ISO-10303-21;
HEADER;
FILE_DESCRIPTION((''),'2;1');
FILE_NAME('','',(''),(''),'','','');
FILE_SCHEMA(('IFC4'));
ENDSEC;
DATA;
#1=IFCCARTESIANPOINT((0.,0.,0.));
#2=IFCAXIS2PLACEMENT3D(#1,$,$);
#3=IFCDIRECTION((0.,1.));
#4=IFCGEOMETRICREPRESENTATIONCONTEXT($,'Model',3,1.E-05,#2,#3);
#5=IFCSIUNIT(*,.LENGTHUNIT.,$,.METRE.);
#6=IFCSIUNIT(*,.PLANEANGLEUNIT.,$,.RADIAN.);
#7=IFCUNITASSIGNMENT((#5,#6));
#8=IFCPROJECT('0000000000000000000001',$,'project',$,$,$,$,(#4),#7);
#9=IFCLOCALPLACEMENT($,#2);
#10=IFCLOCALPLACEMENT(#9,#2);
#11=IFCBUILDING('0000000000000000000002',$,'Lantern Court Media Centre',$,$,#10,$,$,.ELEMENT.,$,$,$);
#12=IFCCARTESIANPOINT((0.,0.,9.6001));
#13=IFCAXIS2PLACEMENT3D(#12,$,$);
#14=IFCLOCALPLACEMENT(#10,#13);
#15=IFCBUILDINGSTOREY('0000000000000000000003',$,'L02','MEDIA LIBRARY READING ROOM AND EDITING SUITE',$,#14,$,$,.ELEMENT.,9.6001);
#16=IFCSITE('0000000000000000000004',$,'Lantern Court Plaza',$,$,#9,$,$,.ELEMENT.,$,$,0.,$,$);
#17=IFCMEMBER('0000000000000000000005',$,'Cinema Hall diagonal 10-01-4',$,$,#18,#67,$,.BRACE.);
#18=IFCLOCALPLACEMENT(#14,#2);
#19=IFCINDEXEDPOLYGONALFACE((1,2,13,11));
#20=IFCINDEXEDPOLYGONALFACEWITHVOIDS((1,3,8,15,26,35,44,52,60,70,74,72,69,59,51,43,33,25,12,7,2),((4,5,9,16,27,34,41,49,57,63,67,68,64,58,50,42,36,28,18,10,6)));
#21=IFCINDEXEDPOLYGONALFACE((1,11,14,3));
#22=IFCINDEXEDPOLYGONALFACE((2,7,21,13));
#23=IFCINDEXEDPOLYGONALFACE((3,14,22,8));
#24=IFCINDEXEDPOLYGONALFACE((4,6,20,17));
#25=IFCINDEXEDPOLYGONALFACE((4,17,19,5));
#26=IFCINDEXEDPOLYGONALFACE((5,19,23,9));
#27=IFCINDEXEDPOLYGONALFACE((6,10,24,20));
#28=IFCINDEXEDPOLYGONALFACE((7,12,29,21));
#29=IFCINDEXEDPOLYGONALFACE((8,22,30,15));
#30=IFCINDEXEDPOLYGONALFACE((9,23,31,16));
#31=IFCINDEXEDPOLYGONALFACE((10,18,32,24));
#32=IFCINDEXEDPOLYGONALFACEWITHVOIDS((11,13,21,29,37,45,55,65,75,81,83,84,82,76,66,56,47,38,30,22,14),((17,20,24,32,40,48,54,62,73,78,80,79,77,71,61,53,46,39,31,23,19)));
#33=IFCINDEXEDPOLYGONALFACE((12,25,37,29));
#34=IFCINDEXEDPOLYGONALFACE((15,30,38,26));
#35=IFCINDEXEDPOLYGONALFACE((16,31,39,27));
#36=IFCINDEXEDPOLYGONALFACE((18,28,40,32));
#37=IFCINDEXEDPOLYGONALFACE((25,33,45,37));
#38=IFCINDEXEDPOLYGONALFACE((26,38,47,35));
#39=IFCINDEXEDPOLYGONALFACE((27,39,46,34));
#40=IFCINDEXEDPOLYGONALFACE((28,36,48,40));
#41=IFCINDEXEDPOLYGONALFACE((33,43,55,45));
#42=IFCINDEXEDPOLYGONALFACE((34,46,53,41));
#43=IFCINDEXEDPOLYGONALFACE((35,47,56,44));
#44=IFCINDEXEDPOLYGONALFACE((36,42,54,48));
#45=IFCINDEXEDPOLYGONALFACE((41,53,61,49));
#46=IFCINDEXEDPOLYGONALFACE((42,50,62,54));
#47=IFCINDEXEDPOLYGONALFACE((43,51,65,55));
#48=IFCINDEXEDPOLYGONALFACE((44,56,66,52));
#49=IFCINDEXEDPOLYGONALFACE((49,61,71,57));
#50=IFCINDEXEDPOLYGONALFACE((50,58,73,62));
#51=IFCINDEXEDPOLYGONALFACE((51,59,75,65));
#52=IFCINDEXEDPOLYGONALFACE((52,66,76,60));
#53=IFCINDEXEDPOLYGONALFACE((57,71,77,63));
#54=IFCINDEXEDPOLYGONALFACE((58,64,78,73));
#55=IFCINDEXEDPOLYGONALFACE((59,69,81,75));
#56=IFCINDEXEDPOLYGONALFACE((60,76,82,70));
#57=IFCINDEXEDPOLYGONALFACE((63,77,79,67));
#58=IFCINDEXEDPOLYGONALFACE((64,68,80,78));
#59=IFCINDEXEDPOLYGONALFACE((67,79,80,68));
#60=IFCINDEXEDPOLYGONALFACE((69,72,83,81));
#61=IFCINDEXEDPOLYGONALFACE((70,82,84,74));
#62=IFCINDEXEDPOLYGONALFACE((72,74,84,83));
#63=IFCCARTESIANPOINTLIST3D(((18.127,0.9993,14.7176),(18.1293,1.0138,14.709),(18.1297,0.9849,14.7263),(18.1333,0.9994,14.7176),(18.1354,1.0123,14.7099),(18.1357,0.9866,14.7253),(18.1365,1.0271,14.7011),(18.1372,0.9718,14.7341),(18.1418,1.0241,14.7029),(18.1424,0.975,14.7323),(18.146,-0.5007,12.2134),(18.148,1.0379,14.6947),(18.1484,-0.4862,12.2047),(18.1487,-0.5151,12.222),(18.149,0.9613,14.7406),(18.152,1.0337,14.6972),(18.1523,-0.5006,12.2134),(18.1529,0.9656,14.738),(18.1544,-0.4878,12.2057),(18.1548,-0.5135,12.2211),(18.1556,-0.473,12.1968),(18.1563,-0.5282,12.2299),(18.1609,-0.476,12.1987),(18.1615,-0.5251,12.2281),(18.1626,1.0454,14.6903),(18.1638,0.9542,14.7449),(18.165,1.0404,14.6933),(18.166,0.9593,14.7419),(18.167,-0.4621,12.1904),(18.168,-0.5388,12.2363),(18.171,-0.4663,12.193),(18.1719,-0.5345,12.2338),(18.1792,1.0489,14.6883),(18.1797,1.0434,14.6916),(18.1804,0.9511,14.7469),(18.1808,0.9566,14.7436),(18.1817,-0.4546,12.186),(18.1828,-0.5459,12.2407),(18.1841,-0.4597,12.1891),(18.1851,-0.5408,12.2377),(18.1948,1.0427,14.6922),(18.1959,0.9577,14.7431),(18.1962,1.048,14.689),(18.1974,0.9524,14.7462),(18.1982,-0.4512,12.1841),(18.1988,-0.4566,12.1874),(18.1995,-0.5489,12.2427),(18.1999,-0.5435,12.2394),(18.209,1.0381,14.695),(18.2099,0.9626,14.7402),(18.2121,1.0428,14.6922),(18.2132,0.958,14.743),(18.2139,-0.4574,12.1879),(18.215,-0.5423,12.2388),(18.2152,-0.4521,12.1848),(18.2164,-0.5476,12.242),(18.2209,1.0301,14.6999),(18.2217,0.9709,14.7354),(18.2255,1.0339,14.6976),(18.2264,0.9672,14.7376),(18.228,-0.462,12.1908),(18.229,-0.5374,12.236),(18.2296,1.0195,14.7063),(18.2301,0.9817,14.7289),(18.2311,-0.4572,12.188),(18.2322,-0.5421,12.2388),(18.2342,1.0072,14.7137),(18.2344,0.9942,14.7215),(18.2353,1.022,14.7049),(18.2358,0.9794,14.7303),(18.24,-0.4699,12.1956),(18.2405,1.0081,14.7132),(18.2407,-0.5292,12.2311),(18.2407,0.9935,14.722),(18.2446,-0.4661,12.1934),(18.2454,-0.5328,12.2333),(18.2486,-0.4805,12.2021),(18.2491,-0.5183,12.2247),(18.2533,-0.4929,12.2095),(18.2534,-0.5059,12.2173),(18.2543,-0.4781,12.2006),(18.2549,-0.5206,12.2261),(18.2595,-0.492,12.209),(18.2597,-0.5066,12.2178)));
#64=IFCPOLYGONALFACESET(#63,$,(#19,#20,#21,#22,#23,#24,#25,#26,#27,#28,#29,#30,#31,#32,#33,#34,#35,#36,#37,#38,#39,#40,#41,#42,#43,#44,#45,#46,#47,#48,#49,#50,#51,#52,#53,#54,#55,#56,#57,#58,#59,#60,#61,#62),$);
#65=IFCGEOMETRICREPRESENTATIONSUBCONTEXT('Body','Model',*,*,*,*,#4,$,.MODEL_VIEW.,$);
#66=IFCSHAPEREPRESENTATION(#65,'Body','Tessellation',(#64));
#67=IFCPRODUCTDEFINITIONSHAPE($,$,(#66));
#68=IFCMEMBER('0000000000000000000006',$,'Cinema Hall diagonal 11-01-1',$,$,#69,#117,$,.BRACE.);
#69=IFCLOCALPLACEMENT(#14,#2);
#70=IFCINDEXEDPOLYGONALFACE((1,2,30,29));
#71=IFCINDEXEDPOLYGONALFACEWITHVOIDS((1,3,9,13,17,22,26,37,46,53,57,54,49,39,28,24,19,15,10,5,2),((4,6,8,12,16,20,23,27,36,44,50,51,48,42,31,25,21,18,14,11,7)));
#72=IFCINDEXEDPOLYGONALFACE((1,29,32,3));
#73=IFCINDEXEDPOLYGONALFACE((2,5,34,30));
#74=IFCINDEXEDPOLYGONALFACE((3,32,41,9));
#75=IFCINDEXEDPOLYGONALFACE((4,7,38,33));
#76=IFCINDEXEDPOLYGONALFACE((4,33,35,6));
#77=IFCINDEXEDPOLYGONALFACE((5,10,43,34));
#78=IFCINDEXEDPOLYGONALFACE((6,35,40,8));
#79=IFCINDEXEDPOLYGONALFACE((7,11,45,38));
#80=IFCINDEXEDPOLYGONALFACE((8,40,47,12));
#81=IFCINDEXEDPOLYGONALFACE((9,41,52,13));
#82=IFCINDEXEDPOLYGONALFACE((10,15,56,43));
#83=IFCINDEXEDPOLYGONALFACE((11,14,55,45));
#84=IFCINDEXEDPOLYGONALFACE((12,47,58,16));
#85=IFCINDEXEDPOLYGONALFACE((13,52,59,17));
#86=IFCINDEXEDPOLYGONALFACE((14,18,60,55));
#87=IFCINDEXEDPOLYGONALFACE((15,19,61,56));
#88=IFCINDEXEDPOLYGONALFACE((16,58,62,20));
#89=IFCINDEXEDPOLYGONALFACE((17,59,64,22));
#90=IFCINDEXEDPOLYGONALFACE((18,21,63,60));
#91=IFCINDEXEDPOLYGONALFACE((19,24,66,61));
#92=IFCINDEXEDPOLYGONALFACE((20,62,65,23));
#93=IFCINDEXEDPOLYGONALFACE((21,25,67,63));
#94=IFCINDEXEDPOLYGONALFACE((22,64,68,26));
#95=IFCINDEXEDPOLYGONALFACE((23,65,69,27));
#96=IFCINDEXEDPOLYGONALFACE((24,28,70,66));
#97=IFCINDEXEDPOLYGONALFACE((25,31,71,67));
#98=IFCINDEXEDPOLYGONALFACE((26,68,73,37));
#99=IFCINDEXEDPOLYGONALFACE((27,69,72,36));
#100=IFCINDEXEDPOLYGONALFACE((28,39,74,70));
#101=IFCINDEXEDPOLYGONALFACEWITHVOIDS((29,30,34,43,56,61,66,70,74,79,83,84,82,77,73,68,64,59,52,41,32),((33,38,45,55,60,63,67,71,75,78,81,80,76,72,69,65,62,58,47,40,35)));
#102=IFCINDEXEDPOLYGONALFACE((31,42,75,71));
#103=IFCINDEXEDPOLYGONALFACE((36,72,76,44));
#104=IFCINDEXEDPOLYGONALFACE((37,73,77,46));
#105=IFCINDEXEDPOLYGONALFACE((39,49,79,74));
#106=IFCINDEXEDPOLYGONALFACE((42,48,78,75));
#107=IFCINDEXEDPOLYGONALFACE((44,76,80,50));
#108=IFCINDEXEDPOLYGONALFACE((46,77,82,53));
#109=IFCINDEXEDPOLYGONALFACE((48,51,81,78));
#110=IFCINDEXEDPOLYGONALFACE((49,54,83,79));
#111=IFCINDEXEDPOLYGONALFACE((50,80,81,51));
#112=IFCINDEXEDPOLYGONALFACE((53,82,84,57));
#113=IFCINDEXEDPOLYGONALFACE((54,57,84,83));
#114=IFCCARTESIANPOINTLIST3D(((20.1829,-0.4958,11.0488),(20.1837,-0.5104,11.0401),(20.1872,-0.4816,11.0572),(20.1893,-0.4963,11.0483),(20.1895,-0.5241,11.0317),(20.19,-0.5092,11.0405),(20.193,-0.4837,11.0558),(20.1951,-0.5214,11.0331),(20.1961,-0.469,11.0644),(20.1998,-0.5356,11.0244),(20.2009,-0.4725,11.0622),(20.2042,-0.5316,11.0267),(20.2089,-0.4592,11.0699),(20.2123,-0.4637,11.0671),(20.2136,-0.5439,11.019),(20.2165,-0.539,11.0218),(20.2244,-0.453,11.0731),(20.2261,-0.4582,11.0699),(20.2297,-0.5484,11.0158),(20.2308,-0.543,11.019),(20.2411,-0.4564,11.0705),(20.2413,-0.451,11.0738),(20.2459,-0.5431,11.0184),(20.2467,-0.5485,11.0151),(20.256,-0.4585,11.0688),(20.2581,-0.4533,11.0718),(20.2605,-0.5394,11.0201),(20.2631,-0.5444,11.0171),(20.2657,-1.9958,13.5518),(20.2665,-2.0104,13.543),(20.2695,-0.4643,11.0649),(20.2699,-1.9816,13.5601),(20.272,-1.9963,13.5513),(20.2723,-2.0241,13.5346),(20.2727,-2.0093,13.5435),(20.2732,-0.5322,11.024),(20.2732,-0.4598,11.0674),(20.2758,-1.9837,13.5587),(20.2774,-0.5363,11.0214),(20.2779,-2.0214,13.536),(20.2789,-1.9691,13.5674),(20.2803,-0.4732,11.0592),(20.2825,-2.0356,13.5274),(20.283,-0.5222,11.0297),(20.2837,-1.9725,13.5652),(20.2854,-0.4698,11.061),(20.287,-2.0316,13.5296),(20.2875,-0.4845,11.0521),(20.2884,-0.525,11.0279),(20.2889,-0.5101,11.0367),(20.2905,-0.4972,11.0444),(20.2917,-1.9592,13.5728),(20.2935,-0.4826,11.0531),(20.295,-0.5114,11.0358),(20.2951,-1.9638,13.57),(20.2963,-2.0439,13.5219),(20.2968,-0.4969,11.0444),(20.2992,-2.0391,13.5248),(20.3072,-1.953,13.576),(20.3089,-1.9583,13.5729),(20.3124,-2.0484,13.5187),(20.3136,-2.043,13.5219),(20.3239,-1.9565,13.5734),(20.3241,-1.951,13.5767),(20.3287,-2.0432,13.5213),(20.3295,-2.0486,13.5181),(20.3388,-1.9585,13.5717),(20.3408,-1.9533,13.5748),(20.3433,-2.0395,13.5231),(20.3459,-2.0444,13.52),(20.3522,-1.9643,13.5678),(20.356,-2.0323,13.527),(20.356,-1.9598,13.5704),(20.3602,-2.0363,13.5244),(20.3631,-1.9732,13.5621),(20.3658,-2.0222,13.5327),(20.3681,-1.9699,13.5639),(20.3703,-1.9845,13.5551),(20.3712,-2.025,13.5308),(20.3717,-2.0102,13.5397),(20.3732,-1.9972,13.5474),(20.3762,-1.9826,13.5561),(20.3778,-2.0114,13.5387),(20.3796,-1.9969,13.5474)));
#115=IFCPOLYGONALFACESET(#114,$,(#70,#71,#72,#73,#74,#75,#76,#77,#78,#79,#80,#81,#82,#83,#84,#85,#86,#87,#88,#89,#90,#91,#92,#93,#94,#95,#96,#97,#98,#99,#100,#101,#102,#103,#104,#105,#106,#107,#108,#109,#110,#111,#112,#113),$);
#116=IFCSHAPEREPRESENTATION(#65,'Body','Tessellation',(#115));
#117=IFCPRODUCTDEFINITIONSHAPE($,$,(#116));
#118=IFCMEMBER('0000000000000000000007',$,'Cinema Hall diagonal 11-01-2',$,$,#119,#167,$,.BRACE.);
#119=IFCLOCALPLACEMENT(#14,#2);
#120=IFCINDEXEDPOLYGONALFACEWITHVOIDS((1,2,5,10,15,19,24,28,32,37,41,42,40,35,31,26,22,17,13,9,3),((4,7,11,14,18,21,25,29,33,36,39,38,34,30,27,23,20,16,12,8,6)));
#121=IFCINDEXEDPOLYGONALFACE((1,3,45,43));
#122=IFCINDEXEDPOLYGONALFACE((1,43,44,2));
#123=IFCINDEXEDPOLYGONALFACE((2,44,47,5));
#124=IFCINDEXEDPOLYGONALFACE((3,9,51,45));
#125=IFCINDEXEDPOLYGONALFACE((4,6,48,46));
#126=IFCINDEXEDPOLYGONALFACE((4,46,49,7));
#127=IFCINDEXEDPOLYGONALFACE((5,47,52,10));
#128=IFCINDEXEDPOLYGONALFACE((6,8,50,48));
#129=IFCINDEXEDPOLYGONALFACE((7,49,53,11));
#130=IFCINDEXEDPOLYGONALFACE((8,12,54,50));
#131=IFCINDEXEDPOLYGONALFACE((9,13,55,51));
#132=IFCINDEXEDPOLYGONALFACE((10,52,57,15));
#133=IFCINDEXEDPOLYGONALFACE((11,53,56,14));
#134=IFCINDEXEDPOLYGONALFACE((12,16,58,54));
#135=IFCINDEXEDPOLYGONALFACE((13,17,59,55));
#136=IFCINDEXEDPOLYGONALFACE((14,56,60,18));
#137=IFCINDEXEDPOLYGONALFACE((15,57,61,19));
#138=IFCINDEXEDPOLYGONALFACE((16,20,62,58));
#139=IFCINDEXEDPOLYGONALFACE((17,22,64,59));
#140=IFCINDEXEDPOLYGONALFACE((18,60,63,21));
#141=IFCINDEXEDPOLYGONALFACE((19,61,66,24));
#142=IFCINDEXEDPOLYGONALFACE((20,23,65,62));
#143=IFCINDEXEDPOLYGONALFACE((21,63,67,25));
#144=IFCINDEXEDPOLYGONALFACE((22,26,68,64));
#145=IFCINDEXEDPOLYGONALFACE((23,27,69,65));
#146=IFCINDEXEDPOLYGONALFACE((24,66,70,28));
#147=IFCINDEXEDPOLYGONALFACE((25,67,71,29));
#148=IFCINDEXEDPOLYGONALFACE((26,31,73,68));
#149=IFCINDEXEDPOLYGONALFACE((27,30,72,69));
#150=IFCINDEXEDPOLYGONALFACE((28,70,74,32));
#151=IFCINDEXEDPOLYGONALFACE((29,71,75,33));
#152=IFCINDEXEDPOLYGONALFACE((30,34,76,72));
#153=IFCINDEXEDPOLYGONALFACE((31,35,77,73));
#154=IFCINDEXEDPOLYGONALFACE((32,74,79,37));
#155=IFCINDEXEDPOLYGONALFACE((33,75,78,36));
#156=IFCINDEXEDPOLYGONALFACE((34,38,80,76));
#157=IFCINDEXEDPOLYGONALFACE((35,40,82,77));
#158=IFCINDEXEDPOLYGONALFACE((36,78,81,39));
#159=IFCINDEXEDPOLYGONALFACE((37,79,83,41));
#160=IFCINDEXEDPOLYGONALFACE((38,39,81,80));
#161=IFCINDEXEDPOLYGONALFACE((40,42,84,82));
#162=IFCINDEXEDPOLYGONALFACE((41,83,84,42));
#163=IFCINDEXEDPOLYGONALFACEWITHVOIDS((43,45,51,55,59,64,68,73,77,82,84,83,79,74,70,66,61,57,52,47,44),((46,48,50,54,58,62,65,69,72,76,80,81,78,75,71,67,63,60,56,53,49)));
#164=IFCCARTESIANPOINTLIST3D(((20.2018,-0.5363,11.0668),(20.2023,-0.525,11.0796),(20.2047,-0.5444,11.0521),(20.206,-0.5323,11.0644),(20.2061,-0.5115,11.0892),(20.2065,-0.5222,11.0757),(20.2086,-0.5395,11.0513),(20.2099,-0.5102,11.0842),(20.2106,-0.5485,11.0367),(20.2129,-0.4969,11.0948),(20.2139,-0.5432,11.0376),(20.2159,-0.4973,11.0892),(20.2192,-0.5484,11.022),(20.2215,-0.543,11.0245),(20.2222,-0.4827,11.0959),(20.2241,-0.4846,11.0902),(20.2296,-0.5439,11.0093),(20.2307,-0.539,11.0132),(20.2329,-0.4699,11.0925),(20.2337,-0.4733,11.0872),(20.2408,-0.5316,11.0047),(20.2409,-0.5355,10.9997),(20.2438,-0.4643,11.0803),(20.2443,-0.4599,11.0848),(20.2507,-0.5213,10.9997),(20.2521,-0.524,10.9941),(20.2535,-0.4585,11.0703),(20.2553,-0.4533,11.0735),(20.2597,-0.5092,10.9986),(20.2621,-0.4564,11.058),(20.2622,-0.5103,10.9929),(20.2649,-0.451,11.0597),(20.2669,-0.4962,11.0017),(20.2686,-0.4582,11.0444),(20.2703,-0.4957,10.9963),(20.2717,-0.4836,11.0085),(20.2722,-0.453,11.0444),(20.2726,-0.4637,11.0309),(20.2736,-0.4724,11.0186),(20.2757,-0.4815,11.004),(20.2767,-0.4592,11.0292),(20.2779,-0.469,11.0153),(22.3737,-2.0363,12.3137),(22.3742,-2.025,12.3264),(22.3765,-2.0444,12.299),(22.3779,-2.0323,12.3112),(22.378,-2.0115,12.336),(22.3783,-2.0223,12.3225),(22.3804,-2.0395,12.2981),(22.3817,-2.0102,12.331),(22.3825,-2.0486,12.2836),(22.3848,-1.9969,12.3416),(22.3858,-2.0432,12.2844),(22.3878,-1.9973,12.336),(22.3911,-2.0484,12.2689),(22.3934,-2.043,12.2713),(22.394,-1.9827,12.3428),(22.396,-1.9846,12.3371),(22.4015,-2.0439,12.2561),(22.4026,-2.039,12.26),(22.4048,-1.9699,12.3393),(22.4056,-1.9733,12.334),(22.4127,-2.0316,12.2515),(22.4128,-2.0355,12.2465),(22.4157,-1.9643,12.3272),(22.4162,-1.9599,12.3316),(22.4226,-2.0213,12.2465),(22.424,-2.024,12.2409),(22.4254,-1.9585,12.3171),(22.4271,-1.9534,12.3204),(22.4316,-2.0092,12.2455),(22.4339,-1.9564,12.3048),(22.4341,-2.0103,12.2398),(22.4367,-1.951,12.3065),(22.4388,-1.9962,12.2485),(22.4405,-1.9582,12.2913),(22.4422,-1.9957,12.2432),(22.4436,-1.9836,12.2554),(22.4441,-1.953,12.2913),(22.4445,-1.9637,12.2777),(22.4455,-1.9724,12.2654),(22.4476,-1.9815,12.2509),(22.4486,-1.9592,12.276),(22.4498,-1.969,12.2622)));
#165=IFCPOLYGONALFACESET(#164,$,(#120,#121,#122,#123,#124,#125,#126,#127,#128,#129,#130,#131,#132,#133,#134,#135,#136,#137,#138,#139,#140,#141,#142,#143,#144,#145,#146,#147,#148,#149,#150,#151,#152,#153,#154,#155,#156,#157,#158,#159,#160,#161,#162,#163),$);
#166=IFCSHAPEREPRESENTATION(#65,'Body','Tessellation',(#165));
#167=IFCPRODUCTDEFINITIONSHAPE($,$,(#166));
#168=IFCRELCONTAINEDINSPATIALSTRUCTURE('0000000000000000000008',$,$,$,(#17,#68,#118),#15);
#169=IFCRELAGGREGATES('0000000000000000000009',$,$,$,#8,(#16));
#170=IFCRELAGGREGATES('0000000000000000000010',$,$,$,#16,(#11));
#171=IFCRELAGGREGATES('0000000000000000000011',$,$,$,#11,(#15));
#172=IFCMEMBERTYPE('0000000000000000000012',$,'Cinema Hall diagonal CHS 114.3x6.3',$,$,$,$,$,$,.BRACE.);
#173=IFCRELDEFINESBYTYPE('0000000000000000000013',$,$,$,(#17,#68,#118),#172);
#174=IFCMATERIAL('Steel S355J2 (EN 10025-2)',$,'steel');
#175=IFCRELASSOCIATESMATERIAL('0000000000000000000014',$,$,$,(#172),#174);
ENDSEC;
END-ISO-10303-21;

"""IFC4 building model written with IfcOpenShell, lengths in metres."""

from ifc_helpers import new_model, si_unit, direction, frame, origin, origin_2d, place, context, subcontext, project, spatial, hollow_circle, extrude, material, material_profile, profile_set, type_object, element, save


model = new_model("IFC4")

# Units and contexts
model_context = context("Model", 3, precision=1e-05, world=origin(), true_north=direction((0.0, 1.0)))
body_context = subcontext(model_context, "Body", "Model", "MODEL_VIEW")
ifc_project = project(units=[si_unit("LENGTHUNIT", "METRE"), si_unit("PLANEANGLEUNIT", "RADIAN")], contexts=[model_context])

# Site, building, storey
site_placement = place(None, origin())
site = spatial("IfcSite", under=ifc_project, at=site_placement, Name="Lantern Court Plaza", CompositionType="ELEMENT", RefElevation=0.0)
building_placement = place(site_placement, origin())
building = spatial("IfcBuilding", under=site, at=building_placement, Name="Lantern Court Media Centre", CompositionType="ELEMENT")
storey_placement = place(building_placement, frame((0.0, 0.0, 9.6001)))
storey = spatial("IfcBuildingStorey", under=building, at=storey_placement, Name="L02", Description="MEDIA LIBRARY READING ROOM AND EDITING SUITE", CompositionType="ELEMENT", Elevation=9.6001)

# Members
ifc_material = material(Name="Steel S355J2 (EN 10025-2)", Category="steel")
ifc_material_profile_1 = material_profile(ifc_material, hollow_circle(Radius=0.0571, WallThickness=0.0063, at=origin_2d()), Name="Cinema Hall diagonal CHS 114.3x6.3")
ifc_profile_set_1 = profile_set([ifc_material_profile_1], Name="Steel S355J2 (EN 10025-2)")
member_type_1 = type_object("IfcMemberType", Name="Cinema Hall diagonal CHS 114.3x6.3", PredefinedType="BRACE", material=ifc_profile_set_1)
for number, where, z_axis, x_axis, name in (
    (1, (18.2031, -0.5, 12.2134), (-0.006524, 0.513857, 0.857851), (-0.999919, -0.012694, 0.0), "Cinema Hall diagonal 10-01-4"),
    (2, (20.2397, -0.5, 11.0444), (0.028352, -0.513846, 0.857414), (0.998481, 0.055092, 0.0), "Cinema Hall diagonal 11-01-1"),
    (3, (20.2397, -0.5, 11.0444), (0.744002, -0.513843, 0.427115), (0.568286, 0.822831, 0.0), "Cinema Hall diagonal 11-01-2"),
):
    element("IfcMember", number, at=place(storey_placement, frame(where, z_axis=z_axis, x_axis=x_axis)), inside=storey, type_object=member_type_1, Name=name, PredefinedType="BRACE", context=body_context, shape_type="SweptSolid", body=[
        extrude(hollow_circle(Radius=0.0571, WallThickness=0.0063, at=origin_2d()), origin(), (0.0, 0.0, 1.0), 2.9192),
    ])

save(model, "model.ifc")
